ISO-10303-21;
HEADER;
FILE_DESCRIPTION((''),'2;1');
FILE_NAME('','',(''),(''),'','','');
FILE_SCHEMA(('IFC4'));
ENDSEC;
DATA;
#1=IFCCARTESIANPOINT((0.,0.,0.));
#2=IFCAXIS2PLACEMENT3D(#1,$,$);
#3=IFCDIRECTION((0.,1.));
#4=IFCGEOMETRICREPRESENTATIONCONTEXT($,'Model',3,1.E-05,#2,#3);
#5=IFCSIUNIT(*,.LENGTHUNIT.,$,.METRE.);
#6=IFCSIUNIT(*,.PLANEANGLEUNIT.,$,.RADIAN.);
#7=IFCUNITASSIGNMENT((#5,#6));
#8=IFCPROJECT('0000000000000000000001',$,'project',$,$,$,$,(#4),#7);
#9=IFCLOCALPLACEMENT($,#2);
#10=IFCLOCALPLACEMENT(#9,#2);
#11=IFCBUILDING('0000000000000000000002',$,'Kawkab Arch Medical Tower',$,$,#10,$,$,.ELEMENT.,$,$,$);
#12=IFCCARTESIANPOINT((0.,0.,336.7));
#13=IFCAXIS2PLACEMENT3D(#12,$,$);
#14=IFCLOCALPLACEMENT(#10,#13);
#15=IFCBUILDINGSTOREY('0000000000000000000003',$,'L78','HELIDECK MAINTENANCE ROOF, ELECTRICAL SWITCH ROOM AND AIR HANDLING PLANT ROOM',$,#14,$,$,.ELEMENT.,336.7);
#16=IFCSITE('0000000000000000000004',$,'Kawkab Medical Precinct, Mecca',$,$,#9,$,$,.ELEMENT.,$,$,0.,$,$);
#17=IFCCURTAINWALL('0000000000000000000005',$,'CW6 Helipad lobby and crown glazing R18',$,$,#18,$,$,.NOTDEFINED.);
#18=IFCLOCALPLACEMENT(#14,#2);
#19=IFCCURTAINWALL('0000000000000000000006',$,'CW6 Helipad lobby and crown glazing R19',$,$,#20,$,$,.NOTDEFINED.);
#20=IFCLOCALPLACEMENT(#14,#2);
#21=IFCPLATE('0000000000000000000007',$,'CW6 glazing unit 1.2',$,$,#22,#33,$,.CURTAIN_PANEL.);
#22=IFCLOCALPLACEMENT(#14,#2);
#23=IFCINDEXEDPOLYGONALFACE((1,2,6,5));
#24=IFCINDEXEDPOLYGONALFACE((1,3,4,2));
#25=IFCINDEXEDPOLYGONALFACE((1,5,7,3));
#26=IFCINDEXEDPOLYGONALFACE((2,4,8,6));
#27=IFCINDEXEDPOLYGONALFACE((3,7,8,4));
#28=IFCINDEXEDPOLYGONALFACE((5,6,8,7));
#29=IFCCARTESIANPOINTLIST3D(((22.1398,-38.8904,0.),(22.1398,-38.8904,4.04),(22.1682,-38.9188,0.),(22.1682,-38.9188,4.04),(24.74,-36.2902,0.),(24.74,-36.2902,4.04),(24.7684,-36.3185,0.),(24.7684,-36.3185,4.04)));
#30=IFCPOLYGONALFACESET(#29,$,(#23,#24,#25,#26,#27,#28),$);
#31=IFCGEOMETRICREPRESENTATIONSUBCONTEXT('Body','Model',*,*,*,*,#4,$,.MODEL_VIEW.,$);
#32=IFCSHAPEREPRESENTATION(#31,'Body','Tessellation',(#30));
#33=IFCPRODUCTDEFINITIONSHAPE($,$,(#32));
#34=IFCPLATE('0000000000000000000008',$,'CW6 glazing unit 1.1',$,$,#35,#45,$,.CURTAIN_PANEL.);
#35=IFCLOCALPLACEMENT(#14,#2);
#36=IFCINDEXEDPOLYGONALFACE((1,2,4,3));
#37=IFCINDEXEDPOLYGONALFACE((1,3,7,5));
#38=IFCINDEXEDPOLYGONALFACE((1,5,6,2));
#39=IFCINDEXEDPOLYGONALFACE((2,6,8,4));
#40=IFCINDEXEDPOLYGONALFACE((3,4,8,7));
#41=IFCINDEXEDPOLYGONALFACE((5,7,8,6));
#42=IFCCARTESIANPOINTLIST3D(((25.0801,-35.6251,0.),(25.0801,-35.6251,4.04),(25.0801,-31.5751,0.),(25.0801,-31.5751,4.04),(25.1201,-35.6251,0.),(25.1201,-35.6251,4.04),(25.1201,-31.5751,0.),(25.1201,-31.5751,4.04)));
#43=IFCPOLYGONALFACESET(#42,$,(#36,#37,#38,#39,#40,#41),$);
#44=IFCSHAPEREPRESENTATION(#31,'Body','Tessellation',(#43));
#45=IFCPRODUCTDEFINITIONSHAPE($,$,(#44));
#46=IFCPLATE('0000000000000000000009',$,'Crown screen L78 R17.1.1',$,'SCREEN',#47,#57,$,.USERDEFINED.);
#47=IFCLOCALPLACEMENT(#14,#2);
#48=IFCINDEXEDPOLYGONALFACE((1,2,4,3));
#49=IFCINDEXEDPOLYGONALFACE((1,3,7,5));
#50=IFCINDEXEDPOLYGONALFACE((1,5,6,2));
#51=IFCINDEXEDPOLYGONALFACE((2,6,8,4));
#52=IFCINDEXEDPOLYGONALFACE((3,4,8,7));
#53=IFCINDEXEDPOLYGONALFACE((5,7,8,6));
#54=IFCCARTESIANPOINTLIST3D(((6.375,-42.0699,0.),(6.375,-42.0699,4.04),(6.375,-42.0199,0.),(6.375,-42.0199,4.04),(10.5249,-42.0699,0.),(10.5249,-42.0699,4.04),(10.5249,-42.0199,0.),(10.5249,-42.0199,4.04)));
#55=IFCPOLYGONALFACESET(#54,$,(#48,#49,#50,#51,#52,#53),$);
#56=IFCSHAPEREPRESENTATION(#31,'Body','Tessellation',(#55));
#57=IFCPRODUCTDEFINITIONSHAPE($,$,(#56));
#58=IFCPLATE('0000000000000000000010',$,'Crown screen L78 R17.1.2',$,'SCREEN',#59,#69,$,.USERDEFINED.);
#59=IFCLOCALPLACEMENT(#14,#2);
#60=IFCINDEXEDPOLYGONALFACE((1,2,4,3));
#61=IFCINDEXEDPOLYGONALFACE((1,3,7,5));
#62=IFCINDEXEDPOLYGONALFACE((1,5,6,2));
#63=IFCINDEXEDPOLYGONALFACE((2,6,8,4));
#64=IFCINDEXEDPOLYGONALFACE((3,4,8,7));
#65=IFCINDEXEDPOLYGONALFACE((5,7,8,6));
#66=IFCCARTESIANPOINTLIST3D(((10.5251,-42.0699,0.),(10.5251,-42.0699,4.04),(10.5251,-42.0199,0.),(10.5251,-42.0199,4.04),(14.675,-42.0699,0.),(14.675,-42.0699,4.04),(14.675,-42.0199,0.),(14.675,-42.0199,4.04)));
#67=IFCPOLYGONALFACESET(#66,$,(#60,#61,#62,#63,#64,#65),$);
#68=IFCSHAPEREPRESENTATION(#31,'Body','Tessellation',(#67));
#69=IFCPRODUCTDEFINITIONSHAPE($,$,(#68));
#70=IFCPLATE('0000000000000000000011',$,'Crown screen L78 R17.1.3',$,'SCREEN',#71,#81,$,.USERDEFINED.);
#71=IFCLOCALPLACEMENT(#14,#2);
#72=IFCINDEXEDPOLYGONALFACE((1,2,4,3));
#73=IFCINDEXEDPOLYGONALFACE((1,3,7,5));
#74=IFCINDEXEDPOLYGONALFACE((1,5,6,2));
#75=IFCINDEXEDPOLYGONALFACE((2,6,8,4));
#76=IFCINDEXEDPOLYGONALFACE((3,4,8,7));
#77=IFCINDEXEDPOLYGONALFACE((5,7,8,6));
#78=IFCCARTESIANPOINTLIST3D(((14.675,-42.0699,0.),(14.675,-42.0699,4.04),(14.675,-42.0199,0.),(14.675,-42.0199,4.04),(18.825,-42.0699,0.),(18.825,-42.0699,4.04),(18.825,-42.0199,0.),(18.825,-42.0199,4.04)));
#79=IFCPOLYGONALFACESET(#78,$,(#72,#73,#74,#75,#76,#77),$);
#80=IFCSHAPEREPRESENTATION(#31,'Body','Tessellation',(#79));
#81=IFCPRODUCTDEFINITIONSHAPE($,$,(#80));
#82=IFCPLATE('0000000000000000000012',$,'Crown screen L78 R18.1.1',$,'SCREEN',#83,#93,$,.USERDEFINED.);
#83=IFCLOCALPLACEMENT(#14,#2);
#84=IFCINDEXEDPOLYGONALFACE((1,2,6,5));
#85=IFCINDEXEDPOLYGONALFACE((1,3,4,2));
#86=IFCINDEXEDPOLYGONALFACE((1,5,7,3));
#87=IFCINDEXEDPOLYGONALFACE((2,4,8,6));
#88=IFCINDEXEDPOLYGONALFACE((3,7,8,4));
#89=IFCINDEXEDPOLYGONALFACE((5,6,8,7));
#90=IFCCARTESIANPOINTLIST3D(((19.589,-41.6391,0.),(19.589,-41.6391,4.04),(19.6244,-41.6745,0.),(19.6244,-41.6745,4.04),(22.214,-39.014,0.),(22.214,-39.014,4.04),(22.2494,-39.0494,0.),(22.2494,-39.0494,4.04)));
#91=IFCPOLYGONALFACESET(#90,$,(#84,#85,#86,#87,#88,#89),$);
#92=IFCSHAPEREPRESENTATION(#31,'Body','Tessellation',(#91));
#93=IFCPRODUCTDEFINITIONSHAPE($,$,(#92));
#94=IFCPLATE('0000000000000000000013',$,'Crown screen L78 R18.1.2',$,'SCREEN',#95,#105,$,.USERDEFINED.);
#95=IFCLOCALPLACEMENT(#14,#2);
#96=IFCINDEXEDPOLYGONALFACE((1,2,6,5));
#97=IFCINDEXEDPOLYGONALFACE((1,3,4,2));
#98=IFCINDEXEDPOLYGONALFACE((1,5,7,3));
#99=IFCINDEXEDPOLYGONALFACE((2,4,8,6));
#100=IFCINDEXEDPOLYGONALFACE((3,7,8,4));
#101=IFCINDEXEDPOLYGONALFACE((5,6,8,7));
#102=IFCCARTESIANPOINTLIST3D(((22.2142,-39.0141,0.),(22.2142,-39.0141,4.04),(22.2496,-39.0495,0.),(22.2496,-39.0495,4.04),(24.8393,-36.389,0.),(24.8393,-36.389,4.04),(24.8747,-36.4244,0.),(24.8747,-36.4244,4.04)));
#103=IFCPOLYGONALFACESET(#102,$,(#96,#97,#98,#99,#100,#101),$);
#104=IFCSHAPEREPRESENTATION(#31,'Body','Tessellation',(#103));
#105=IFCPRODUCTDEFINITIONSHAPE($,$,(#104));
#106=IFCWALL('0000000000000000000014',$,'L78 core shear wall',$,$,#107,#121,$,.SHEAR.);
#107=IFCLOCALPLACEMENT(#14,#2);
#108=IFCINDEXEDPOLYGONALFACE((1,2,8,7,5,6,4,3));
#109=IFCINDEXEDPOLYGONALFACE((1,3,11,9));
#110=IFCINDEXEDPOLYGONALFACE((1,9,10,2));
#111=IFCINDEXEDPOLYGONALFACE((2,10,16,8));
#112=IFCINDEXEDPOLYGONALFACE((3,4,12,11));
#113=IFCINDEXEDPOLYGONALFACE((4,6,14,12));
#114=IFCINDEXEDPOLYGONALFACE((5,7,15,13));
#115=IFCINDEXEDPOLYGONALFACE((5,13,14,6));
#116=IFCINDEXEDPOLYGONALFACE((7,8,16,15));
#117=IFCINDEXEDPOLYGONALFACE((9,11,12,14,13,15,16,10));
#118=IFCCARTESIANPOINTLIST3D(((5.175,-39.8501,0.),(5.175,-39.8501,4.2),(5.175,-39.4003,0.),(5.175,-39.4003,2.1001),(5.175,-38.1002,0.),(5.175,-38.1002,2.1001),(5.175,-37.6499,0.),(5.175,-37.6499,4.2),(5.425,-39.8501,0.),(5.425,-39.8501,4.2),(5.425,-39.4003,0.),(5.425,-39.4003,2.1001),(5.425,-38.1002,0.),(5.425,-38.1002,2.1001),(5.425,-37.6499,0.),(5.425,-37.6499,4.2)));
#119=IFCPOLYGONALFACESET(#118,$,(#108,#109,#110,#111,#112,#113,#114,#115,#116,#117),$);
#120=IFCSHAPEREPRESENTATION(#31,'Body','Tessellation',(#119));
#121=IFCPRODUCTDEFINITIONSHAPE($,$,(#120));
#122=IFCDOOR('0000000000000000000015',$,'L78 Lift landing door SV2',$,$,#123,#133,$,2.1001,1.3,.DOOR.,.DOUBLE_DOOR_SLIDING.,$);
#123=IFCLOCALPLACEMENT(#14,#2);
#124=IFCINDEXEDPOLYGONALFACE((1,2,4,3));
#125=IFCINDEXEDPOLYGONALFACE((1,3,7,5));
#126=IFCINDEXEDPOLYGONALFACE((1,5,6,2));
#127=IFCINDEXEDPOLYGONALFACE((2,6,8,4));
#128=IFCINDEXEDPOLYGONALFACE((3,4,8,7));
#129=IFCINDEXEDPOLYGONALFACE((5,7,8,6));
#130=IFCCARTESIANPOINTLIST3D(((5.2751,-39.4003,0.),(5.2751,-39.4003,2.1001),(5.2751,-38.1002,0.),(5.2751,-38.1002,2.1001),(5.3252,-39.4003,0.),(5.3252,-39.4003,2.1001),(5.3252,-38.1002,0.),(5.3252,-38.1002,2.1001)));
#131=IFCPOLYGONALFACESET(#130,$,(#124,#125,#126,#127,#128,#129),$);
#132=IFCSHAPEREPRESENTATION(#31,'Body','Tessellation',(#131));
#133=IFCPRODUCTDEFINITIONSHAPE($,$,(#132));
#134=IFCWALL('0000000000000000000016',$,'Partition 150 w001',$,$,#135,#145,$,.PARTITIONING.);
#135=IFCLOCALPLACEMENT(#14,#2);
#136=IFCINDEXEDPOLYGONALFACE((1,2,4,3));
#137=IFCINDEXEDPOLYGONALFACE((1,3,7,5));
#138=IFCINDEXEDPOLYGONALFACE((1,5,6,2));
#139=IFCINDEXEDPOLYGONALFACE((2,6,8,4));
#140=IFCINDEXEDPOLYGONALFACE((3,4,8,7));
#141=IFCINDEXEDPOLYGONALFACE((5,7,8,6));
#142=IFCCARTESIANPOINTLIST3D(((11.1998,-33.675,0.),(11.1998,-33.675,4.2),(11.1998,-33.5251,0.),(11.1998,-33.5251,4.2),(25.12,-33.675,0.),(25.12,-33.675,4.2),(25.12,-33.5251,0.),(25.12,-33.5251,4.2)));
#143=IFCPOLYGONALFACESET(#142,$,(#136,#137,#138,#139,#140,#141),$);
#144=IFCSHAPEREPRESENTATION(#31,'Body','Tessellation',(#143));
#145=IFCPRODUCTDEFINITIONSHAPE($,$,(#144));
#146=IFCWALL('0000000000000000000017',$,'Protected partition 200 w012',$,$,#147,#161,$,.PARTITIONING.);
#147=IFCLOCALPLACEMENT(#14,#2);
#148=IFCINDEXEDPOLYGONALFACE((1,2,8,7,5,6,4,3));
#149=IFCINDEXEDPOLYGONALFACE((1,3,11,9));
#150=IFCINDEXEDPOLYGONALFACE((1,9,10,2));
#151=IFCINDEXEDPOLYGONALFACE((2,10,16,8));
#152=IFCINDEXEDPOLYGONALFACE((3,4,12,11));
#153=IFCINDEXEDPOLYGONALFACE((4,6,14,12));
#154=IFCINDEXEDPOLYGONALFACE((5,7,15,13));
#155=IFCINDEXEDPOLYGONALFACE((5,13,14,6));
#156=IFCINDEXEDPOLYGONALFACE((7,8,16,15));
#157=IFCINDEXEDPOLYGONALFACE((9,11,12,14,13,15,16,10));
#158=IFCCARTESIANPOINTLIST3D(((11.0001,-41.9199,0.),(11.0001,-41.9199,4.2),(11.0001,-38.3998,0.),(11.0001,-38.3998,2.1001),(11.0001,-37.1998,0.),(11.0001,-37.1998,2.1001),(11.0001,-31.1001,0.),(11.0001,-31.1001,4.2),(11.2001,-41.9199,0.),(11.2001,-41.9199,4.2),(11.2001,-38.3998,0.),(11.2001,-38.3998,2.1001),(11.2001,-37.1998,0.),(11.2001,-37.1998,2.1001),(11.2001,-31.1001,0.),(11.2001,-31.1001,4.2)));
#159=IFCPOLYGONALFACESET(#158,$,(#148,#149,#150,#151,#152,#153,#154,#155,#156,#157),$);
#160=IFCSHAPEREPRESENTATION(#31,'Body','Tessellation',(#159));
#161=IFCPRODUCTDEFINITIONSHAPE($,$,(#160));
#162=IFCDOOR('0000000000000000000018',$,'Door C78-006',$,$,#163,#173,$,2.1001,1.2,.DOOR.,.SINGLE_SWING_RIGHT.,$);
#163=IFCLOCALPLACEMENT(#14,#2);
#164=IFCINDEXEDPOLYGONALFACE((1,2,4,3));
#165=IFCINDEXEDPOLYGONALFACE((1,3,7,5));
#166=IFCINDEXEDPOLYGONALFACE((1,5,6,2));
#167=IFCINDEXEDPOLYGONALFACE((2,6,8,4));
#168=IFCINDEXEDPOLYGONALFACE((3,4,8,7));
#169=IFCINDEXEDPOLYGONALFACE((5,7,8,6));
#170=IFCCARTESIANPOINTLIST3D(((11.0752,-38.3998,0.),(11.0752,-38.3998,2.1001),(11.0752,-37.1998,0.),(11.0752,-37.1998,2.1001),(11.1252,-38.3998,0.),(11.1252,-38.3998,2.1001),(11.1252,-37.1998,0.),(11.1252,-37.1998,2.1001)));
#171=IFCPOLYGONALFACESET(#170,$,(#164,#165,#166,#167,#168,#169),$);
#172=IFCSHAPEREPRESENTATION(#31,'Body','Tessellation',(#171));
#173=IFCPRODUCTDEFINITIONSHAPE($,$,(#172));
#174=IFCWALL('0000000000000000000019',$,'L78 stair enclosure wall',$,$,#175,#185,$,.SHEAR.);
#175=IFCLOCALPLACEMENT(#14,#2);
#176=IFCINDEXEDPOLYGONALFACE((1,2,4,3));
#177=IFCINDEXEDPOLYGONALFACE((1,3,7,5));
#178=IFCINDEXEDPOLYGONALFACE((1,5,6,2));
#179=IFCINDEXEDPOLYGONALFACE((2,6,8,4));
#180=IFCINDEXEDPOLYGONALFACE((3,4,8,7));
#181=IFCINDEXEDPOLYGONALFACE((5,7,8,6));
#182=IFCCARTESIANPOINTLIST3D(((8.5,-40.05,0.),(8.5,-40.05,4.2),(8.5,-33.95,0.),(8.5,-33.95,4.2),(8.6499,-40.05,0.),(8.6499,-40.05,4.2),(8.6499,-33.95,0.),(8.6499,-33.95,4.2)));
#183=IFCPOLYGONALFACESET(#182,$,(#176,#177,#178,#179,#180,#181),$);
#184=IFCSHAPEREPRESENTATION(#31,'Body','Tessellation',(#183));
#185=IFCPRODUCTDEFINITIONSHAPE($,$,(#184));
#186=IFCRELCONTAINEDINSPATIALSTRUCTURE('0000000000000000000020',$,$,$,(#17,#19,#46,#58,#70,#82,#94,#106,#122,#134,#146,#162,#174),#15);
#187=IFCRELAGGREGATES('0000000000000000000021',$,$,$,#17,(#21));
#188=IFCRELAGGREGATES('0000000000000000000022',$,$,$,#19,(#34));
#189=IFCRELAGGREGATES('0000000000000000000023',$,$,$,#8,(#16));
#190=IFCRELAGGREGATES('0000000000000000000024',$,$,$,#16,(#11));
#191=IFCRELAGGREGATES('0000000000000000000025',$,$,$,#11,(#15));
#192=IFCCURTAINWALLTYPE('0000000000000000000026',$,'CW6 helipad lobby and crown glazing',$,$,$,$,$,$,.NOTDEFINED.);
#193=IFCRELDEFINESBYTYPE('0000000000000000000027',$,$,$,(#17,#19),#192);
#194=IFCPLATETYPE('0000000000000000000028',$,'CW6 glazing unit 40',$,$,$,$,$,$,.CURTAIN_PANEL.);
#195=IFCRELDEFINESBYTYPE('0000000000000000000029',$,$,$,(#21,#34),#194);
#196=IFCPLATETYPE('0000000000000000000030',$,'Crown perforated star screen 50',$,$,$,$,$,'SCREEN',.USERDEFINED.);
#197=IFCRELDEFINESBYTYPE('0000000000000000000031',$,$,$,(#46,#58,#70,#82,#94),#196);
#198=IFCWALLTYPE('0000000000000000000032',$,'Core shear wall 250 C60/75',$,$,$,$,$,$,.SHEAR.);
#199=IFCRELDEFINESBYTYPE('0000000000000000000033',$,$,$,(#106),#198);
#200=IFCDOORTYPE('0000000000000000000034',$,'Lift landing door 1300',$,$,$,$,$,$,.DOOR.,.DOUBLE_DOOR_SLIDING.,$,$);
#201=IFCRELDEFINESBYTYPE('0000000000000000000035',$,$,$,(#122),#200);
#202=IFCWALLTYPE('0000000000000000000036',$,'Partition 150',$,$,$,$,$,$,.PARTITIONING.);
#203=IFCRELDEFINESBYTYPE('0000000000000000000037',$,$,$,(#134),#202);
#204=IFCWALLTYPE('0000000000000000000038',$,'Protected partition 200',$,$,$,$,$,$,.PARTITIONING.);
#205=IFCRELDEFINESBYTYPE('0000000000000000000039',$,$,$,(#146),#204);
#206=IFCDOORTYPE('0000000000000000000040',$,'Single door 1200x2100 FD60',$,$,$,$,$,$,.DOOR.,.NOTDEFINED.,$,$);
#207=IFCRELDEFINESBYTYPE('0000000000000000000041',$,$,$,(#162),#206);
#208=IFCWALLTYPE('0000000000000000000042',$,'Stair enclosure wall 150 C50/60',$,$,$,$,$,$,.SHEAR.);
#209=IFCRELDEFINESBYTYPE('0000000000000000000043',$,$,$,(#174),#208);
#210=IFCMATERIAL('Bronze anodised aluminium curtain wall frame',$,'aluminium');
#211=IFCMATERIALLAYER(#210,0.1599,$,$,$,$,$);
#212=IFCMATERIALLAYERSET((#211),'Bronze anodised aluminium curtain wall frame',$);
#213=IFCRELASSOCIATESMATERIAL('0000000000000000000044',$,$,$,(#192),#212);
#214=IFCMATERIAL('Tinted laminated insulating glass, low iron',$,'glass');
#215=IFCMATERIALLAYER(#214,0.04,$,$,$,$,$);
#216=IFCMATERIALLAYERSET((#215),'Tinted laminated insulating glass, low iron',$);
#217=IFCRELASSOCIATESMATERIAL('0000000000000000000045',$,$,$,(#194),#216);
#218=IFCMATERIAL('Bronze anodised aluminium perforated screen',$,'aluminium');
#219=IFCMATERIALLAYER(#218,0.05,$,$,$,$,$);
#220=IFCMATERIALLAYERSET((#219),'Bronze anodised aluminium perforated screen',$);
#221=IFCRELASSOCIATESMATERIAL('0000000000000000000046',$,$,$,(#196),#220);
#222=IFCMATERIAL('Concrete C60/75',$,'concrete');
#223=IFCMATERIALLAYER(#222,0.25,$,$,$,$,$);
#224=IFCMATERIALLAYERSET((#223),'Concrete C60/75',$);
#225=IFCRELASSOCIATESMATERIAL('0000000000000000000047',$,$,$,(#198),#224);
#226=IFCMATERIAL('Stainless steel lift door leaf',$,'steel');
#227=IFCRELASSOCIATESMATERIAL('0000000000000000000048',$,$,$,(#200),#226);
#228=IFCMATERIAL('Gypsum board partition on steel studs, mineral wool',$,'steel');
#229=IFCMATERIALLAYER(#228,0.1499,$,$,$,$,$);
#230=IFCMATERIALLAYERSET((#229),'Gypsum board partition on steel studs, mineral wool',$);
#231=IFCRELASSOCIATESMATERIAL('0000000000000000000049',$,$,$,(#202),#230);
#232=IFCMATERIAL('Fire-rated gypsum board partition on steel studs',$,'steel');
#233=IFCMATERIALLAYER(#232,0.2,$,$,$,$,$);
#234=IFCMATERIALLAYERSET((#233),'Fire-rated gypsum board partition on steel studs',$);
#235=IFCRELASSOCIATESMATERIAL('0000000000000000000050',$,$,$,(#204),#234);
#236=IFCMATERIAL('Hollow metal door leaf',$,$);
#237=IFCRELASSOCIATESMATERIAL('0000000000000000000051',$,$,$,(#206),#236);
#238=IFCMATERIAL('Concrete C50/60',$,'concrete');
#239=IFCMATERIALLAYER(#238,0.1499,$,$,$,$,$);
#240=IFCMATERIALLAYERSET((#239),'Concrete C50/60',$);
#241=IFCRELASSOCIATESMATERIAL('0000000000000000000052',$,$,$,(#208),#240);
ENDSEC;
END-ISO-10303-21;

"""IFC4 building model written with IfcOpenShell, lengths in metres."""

from ifc_helpers import new_model, si_unit, direction, frame, frame_2d, origin, origin_2d, place, context, subcontext, project, spatial, rectangle, extrude, material, layer, layer_set, type_object, element, fill, aggregate, save


model = new_model("IFC4")

# Units and contexts
model_context = context("Model", 3, precision=1e-05, world=origin(), true_north=direction((0.0, 1.0)))
body_context = subcontext(model_context, "Body", "Model", "MODEL_VIEW")
ifc_project = project(units=[si_unit("LENGTHUNIT", "METRE"), si_unit("PLANEANGLEUNIT", "RADIAN")], contexts=[model_context])

# Site, building, storey
site_placement = place(None, origin())
site = spatial("IfcSite", under=ifc_project, at=site_placement, Name="Kawkab Medical Precinct, Mecca", CompositionType="ELEMENT", RefElevation=0.0)
building_placement = place(site_placement, origin())
building = spatial("IfcBuilding", under=site, at=building_placement, Name="Kawkab Arch Medical Tower", CompositionType="ELEMENT")
storey_placement = place(building_placement, frame((0.0, 0.0, 336.7)))
storey = spatial("IfcBuildingStorey", under=building, at=storey_placement, Name="L78", Description="HELIDECK MAINTENANCE ROOF, ELECTRICAL SWITCH ROOM AND AIR HANDLING PLANT ROOM", CompositionType="ELEMENT", Elevation=336.7)

# Shared definitions
ifc_material_1 = material(Name="Bronze anodised aluminium curtain wall frame", Category="aluminium")
ifc_layer_1 = layer(ifc_material_1, 0.1599)
ifc_layer_set_1 = layer_set([ifc_layer_1], Name="Bronze anodised aluminium curtain wall frame")
curtain_wall_type = type_object("IfcCurtainWallType", Name="CW6 helipad lobby and crown glazing", PredefinedType="NOTDEFINED", material=ifc_layer_set_1)
placement = place(storey_placement, origin())

# Curtain wall
curtain_wall_1 = element("IfcCurtainWall", 1, at=placement, inside=storey, type_object=curtain_wall_type, Name="CW6 Helipad lobby and crown glazing R18", PredefinedType="NOTDEFINED")

# Curtain wall
curtain_wall_2 = element("IfcCurtainWall", 2, at=placement, inside=storey, type_object=curtain_wall_type, Name="CW6 Helipad lobby and crown glazing R19", PredefinedType="NOTDEFINED")

# Plates
ifc_material_2 = material(Name="Tinted laminated insulating glass, low iron", Category="glass")
ifc_layer_2 = layer(ifc_material_2, 0.04)
ifc_layer_set_2 = layer_set([ifc_layer_2], Name="Tinted laminated insulating glass, low iron")
plate_type_1 = type_object("IfcPlateType", Name="CW6 glazing unit 40", PredefinedType="CURTAIN_PANEL", material=ifc_layer_set_2)
plate_1_placement = place(storey_placement, frame((23.4541, -37.6045, 0.0), z_axis=(0.0, 0.0, 1.0), x_axis=(0.707107, 0.707107, 0.0)))
plate_1 = element("IfcPlate", 3, at=plate_1_placement, type_object=plate_type_1, Name="CW6 glazing unit 1.2", PredefinedType="CURTAIN_PANEL", context=body_context, shape_type="SweptSolid", body=[
    extrude(rectangle(XDim=3.6772, YDim=0.04, at=origin_2d()), origin(), (0.0, 0.0, 1.0), 4.04),
])
aggregate(curtain_wall_1, [plate_1])
plate_2_placement = place(storey_placement, frame((25.1001, -33.6001, 0.0), z_axis=(0.0, 0.0, 1.0), x_axis=(0.0, 1.0, 0.0)))
plate_2 = element("IfcPlate", 4, at=plate_2_placement, type_object=plate_type_1, Name="CW6 glazing unit 1.1", PredefinedType="CURTAIN_PANEL", context=body_context, shape_type="SweptSolid", body=[
    extrude(rectangle(XDim=4.05, YDim=0.04, at=origin_2d()), origin(), (0.0, 0.0, 1.0), 4.04),
])
aggregate(curtain_wall_2, [plate_2])

# Plates
ifc_material_3 = material(Name="Bronze anodised aluminium perforated screen", Category="aluminium")
ifc_layer_3 = layer(ifc_material_3, 0.05)
ifc_layer_set_3 = layer_set([ifc_layer_3], Name="Bronze anodised aluminium perforated screen")
plate_type_2 = type_object("IfcPlateType", Name="Crown perforated star screen 50", ElementType="SCREEN", PredefinedType="USERDEFINED", material=ifc_layer_set_3)
for number, where, z_axis, x_axis, name in (
    (5, (8.45, -42.0449, 0.0), (0.0, 0.0, 1.0), (1.0, 0.0, 0.0), "Crown screen L78 R17.1.1"),
    (6, (12.6001, -42.0449, 0.0), (0.0, 0.0, 1.0), (1.0, 0.0, 0.0), "Crown screen L78 R17.1.2"),
    (7, (16.75, -42.0449, 0.0), (0.0, 0.0, 1.0), (1.0, 0.0, 0.0), "Crown screen L78 R17.1.3"),
):
    element("IfcPlate", number, at=place(storey_placement, frame(where, z_axis=z_axis, x_axis=x_axis)), inside=storey, type_object=plate_type_2, Name=name, ObjectType="SCREEN", PredefinedType="USERDEFINED", context=body_context, shape_type="SweptSolid", body=[
        extrude(rectangle(XDim=4.1499, YDim=0.05, at=origin_2d()), origin(), (0.0, 0.0, 1.0), 4.04),
    ])
for number, where, z_axis, x_axis, name in (
    (8, (20.9192, -40.3442, 0.0), (0.0, 0.0, 1.0), (0.707107, 0.707107, 0.0), "Crown screen L78 R18.1.1"),
    (9, (23.5444, -37.7192, 0.0), (0.0, 0.0, 1.0), (0.707107, 0.707107, 0.0), "Crown screen L78 R18.1.2"),
):
    element("IfcPlate", number, at=place(storey_placement, frame(where, z_axis=z_axis, x_axis=x_axis)), inside=storey, type_object=plate_type_2, Name=name, ObjectType="SCREEN", PredefinedType="USERDEFINED", context=body_context, shape_type="SweptSolid", body=[
        extrude(rectangle(XDim=3.7124, YDim=0.05, at=origin_2d()), origin(), (0.0, 0.0, 1.0), 4.04),
    ])

# Wall, opening, door
ifc_material_4 = material(Name="Concrete C60/75", Category="concrete")
ifc_layer_4 = layer(ifc_material_4, 0.25)
ifc_layer_set_4 = layer_set([ifc_layer_4], Name="Concrete C60/75")
wall_type_1 = type_object("IfcWallType", Name="Core shear wall 250 C60/75", PredefinedType="SHEAR", material=ifc_layer_set_4)
wall_1_placement = place(storey_placement, frame((5.3, -39.8501, 0.0), z_axis=(0.0, 0.0, 1.0), x_axis=(0.0, 1.0, 0.0)))
wall_1 = element("IfcWall", 10, at=wall_1_placement, inside=storey, type_object=wall_type_1, Name="L78 core shear wall", PredefinedType="SHEAR", context=body_context, shape_type="SweptSolid", body=[
    extrude(rectangle(XDim=2.2002, YDim=0.25, at=frame_2d((1.1001, 0.0))), origin(), (0.0, 0.0, 1.0), 4.2),
])
opening_1_placement = place(wall_1_placement, frame((0.45, 0.0, 0.0)))
opening_1 = element("IfcOpeningElement", 11, at=opening_1_placement, cuts=wall_1, PredefinedType="OPENING", context=body_context, shape_type="SweptSolid", body=[
    extrude(rectangle(XDim=1.3, YDim=2.1001, at=frame_2d((0.6499, 1.05))), frame((0.0, 0.135, 0.0), z_axis=(0.0, -1.0, 0.0), x_axis=(1.0, 0.0, 0.0)), (0.0, 0.0, 1.0), 0.27),
])
ifc_material_5 = material(Name="Stainless steel lift door leaf", Category="steel")
door_type_1 = type_object("IfcDoorType", Name="Lift landing door 1300", OperationType="DOUBLE_DOOR_SLIDING", PredefinedType="DOOR", material=ifc_material_5)
door_1_placement = place(opening_1_placement, origin())
door_1 = element("IfcDoor", 12, at=door_1_placement, inside=storey, type_object=door_type_1, Name="L78 Lift landing door SV2", OperationType="DOUBLE_DOOR_SLIDING", OverallHeight=2.1001, OverallWidth=1.3, PredefinedType="DOOR", context=body_context, shape_type="SweptSolid", body=[
    extrude(rectangle(XDim=1.3, YDim=2.1001, at=frame_2d((0.6499, 1.05))), frame((0.0, 0.0249, 0.0), z_axis=(0.0, -1.0, 0.0), x_axis=(1.0, 0.0, 0.0)), (0.0, 0.0, 1.0), 0.05),
])
fill(opening_1, door_1)

# Wall
ifc_material_6 = material(Name="Gypsum board partition on steel studs, mineral wool", Category="steel")
ifc_layer_5 = layer(ifc_material_6, 0.1499)
ifc_layer_set_5 = layer_set([ifc_layer_5], Name="Gypsum board partition on steel studs, mineral wool")
wall_type_2 = type_object("IfcWallType", Name="Partition 150", PredefinedType="PARTITIONING", material=ifc_layer_set_5)
wall_2_placement = place(storey_placement, frame((11.2, -33.6001, 0.0), z_axis=(0.0, 0.0, 1.0), x_axis=(1.0, 0.0, 0.0)))
element("IfcWall", 13, at=wall_2_placement, inside=storey, type_object=wall_type_2, Name="Partition 150 w001", PredefinedType="PARTITIONING", context=body_context, shape_type="SweptSolid", body=[
    extrude(rectangle(XDim=13.9202, YDim=0.1499, at=frame_2d((6.96, 0.0))), origin(), (0.0, 0.0, 1.0), 4.2),
])

# Wall, opening, door
ifc_material_7 = material(Name="Fire-rated gypsum board partition on steel studs", Category="steel")
ifc_layer_6 = layer(ifc_material_7, 0.2)
ifc_layer_set_6 = layer_set([ifc_layer_6], Name="Fire-rated gypsum board partition on steel studs")
wall_type_3 = type_object("IfcWallType", Name="Protected partition 200", PredefinedType="PARTITIONING", material=ifc_layer_set_6)
wall_3_placement = place(storey_placement, frame((11.1001, -41.9199, 0.0), z_axis=(0.0, 0.0, 1.0), x_axis=(0.0, 1.0, 0.0)))
wall_3 = element("IfcWall", 14, at=wall_3_placement, inside=storey, type_object=wall_type_3, Name="Protected partition 200 w012", PredefinedType="PARTITIONING", context=body_context, shape_type="SweptSolid", body=[
    extrude(rectangle(XDim=10.8198, YDim=0.2, at=frame_2d((5.4099, 0.0))), origin(), (0.0, 0.0, 1.0), 4.2),
])
opening_2_placement = place(wall_3_placement, frame((3.52, 0.0, 0.0)))
opening_2 = element("IfcOpeningElement", 15, at=opening_2_placement, cuts=wall_3, PredefinedType="OPENING", context=body_context, shape_type="SweptSolid", body=[
    extrude(rectangle(XDim=1.2, YDim=2.1001, at=frame_2d((0.6001, 1.05))), frame((0.0, 0.1099, 0.0), z_axis=(0.0, -1.0, 0.0), x_axis=(1.0, 0.0, 0.0)), (0.0, 0.0, 1.0), 0.22),
])
ifc_material_8 = material(Name="Hollow metal door leaf")
door_type_2 = type_object("IfcDoorType", Name="Single door 1200x2100 FD60", OperationType="NOTDEFINED", PredefinedType="DOOR", material=ifc_material_8)
door_2_placement = place(opening_2_placement, origin())
door_2 = element("IfcDoor", 16, at=door_2_placement, inside=storey, type_object=door_type_2, Name="Door C78-006", OperationType="SINGLE_SWING_RIGHT", OverallHeight=2.1001, OverallWidth=1.2, PredefinedType="DOOR", context=body_context, shape_type="SweptSolid", body=[
    extrude(rectangle(XDim=1.2, YDim=2.1001, at=frame_2d((0.6001, 1.05))), frame((0.0, 0.0249, 0.0), z_axis=(0.0, -1.0, 0.0), x_axis=(1.0, 0.0, 0.0)), (0.0, 0.0, 1.0), 0.05),
])
fill(opening_2, door_2)

# Wall
ifc_material_9 = material(Name="Concrete C50/60", Category="concrete")
ifc_layer_7 = layer(ifc_material_9, 0.1499)
ifc_layer_set_7 = layer_set([ifc_layer_7], Name="Concrete C50/60")
wall_type_4 = type_object("IfcWallType", Name="Stair enclosure wall 150 C50/60", PredefinedType="SHEAR", material=ifc_layer_set_7)
wall_4_placement = place(storey_placement, frame((8.575, -40.05, 0.0), z_axis=(0.0, 0.0, 1.0), x_axis=(0.0, 1.0, 0.0)))
element("IfcWall", 17, at=wall_4_placement, inside=storey, type_object=wall_type_4, Name="L78 stair enclosure wall", PredefinedType="SHEAR", context=body_context, shape_type="SweptSolid", body=[
    extrude(rectangle(XDim=6.1001, YDim=0.1499, at=frame_2d((3.05, 0.0))), origin(), (0.0, 0.0, 1.0), 4.2),
])

save(model, "model.ifc")
